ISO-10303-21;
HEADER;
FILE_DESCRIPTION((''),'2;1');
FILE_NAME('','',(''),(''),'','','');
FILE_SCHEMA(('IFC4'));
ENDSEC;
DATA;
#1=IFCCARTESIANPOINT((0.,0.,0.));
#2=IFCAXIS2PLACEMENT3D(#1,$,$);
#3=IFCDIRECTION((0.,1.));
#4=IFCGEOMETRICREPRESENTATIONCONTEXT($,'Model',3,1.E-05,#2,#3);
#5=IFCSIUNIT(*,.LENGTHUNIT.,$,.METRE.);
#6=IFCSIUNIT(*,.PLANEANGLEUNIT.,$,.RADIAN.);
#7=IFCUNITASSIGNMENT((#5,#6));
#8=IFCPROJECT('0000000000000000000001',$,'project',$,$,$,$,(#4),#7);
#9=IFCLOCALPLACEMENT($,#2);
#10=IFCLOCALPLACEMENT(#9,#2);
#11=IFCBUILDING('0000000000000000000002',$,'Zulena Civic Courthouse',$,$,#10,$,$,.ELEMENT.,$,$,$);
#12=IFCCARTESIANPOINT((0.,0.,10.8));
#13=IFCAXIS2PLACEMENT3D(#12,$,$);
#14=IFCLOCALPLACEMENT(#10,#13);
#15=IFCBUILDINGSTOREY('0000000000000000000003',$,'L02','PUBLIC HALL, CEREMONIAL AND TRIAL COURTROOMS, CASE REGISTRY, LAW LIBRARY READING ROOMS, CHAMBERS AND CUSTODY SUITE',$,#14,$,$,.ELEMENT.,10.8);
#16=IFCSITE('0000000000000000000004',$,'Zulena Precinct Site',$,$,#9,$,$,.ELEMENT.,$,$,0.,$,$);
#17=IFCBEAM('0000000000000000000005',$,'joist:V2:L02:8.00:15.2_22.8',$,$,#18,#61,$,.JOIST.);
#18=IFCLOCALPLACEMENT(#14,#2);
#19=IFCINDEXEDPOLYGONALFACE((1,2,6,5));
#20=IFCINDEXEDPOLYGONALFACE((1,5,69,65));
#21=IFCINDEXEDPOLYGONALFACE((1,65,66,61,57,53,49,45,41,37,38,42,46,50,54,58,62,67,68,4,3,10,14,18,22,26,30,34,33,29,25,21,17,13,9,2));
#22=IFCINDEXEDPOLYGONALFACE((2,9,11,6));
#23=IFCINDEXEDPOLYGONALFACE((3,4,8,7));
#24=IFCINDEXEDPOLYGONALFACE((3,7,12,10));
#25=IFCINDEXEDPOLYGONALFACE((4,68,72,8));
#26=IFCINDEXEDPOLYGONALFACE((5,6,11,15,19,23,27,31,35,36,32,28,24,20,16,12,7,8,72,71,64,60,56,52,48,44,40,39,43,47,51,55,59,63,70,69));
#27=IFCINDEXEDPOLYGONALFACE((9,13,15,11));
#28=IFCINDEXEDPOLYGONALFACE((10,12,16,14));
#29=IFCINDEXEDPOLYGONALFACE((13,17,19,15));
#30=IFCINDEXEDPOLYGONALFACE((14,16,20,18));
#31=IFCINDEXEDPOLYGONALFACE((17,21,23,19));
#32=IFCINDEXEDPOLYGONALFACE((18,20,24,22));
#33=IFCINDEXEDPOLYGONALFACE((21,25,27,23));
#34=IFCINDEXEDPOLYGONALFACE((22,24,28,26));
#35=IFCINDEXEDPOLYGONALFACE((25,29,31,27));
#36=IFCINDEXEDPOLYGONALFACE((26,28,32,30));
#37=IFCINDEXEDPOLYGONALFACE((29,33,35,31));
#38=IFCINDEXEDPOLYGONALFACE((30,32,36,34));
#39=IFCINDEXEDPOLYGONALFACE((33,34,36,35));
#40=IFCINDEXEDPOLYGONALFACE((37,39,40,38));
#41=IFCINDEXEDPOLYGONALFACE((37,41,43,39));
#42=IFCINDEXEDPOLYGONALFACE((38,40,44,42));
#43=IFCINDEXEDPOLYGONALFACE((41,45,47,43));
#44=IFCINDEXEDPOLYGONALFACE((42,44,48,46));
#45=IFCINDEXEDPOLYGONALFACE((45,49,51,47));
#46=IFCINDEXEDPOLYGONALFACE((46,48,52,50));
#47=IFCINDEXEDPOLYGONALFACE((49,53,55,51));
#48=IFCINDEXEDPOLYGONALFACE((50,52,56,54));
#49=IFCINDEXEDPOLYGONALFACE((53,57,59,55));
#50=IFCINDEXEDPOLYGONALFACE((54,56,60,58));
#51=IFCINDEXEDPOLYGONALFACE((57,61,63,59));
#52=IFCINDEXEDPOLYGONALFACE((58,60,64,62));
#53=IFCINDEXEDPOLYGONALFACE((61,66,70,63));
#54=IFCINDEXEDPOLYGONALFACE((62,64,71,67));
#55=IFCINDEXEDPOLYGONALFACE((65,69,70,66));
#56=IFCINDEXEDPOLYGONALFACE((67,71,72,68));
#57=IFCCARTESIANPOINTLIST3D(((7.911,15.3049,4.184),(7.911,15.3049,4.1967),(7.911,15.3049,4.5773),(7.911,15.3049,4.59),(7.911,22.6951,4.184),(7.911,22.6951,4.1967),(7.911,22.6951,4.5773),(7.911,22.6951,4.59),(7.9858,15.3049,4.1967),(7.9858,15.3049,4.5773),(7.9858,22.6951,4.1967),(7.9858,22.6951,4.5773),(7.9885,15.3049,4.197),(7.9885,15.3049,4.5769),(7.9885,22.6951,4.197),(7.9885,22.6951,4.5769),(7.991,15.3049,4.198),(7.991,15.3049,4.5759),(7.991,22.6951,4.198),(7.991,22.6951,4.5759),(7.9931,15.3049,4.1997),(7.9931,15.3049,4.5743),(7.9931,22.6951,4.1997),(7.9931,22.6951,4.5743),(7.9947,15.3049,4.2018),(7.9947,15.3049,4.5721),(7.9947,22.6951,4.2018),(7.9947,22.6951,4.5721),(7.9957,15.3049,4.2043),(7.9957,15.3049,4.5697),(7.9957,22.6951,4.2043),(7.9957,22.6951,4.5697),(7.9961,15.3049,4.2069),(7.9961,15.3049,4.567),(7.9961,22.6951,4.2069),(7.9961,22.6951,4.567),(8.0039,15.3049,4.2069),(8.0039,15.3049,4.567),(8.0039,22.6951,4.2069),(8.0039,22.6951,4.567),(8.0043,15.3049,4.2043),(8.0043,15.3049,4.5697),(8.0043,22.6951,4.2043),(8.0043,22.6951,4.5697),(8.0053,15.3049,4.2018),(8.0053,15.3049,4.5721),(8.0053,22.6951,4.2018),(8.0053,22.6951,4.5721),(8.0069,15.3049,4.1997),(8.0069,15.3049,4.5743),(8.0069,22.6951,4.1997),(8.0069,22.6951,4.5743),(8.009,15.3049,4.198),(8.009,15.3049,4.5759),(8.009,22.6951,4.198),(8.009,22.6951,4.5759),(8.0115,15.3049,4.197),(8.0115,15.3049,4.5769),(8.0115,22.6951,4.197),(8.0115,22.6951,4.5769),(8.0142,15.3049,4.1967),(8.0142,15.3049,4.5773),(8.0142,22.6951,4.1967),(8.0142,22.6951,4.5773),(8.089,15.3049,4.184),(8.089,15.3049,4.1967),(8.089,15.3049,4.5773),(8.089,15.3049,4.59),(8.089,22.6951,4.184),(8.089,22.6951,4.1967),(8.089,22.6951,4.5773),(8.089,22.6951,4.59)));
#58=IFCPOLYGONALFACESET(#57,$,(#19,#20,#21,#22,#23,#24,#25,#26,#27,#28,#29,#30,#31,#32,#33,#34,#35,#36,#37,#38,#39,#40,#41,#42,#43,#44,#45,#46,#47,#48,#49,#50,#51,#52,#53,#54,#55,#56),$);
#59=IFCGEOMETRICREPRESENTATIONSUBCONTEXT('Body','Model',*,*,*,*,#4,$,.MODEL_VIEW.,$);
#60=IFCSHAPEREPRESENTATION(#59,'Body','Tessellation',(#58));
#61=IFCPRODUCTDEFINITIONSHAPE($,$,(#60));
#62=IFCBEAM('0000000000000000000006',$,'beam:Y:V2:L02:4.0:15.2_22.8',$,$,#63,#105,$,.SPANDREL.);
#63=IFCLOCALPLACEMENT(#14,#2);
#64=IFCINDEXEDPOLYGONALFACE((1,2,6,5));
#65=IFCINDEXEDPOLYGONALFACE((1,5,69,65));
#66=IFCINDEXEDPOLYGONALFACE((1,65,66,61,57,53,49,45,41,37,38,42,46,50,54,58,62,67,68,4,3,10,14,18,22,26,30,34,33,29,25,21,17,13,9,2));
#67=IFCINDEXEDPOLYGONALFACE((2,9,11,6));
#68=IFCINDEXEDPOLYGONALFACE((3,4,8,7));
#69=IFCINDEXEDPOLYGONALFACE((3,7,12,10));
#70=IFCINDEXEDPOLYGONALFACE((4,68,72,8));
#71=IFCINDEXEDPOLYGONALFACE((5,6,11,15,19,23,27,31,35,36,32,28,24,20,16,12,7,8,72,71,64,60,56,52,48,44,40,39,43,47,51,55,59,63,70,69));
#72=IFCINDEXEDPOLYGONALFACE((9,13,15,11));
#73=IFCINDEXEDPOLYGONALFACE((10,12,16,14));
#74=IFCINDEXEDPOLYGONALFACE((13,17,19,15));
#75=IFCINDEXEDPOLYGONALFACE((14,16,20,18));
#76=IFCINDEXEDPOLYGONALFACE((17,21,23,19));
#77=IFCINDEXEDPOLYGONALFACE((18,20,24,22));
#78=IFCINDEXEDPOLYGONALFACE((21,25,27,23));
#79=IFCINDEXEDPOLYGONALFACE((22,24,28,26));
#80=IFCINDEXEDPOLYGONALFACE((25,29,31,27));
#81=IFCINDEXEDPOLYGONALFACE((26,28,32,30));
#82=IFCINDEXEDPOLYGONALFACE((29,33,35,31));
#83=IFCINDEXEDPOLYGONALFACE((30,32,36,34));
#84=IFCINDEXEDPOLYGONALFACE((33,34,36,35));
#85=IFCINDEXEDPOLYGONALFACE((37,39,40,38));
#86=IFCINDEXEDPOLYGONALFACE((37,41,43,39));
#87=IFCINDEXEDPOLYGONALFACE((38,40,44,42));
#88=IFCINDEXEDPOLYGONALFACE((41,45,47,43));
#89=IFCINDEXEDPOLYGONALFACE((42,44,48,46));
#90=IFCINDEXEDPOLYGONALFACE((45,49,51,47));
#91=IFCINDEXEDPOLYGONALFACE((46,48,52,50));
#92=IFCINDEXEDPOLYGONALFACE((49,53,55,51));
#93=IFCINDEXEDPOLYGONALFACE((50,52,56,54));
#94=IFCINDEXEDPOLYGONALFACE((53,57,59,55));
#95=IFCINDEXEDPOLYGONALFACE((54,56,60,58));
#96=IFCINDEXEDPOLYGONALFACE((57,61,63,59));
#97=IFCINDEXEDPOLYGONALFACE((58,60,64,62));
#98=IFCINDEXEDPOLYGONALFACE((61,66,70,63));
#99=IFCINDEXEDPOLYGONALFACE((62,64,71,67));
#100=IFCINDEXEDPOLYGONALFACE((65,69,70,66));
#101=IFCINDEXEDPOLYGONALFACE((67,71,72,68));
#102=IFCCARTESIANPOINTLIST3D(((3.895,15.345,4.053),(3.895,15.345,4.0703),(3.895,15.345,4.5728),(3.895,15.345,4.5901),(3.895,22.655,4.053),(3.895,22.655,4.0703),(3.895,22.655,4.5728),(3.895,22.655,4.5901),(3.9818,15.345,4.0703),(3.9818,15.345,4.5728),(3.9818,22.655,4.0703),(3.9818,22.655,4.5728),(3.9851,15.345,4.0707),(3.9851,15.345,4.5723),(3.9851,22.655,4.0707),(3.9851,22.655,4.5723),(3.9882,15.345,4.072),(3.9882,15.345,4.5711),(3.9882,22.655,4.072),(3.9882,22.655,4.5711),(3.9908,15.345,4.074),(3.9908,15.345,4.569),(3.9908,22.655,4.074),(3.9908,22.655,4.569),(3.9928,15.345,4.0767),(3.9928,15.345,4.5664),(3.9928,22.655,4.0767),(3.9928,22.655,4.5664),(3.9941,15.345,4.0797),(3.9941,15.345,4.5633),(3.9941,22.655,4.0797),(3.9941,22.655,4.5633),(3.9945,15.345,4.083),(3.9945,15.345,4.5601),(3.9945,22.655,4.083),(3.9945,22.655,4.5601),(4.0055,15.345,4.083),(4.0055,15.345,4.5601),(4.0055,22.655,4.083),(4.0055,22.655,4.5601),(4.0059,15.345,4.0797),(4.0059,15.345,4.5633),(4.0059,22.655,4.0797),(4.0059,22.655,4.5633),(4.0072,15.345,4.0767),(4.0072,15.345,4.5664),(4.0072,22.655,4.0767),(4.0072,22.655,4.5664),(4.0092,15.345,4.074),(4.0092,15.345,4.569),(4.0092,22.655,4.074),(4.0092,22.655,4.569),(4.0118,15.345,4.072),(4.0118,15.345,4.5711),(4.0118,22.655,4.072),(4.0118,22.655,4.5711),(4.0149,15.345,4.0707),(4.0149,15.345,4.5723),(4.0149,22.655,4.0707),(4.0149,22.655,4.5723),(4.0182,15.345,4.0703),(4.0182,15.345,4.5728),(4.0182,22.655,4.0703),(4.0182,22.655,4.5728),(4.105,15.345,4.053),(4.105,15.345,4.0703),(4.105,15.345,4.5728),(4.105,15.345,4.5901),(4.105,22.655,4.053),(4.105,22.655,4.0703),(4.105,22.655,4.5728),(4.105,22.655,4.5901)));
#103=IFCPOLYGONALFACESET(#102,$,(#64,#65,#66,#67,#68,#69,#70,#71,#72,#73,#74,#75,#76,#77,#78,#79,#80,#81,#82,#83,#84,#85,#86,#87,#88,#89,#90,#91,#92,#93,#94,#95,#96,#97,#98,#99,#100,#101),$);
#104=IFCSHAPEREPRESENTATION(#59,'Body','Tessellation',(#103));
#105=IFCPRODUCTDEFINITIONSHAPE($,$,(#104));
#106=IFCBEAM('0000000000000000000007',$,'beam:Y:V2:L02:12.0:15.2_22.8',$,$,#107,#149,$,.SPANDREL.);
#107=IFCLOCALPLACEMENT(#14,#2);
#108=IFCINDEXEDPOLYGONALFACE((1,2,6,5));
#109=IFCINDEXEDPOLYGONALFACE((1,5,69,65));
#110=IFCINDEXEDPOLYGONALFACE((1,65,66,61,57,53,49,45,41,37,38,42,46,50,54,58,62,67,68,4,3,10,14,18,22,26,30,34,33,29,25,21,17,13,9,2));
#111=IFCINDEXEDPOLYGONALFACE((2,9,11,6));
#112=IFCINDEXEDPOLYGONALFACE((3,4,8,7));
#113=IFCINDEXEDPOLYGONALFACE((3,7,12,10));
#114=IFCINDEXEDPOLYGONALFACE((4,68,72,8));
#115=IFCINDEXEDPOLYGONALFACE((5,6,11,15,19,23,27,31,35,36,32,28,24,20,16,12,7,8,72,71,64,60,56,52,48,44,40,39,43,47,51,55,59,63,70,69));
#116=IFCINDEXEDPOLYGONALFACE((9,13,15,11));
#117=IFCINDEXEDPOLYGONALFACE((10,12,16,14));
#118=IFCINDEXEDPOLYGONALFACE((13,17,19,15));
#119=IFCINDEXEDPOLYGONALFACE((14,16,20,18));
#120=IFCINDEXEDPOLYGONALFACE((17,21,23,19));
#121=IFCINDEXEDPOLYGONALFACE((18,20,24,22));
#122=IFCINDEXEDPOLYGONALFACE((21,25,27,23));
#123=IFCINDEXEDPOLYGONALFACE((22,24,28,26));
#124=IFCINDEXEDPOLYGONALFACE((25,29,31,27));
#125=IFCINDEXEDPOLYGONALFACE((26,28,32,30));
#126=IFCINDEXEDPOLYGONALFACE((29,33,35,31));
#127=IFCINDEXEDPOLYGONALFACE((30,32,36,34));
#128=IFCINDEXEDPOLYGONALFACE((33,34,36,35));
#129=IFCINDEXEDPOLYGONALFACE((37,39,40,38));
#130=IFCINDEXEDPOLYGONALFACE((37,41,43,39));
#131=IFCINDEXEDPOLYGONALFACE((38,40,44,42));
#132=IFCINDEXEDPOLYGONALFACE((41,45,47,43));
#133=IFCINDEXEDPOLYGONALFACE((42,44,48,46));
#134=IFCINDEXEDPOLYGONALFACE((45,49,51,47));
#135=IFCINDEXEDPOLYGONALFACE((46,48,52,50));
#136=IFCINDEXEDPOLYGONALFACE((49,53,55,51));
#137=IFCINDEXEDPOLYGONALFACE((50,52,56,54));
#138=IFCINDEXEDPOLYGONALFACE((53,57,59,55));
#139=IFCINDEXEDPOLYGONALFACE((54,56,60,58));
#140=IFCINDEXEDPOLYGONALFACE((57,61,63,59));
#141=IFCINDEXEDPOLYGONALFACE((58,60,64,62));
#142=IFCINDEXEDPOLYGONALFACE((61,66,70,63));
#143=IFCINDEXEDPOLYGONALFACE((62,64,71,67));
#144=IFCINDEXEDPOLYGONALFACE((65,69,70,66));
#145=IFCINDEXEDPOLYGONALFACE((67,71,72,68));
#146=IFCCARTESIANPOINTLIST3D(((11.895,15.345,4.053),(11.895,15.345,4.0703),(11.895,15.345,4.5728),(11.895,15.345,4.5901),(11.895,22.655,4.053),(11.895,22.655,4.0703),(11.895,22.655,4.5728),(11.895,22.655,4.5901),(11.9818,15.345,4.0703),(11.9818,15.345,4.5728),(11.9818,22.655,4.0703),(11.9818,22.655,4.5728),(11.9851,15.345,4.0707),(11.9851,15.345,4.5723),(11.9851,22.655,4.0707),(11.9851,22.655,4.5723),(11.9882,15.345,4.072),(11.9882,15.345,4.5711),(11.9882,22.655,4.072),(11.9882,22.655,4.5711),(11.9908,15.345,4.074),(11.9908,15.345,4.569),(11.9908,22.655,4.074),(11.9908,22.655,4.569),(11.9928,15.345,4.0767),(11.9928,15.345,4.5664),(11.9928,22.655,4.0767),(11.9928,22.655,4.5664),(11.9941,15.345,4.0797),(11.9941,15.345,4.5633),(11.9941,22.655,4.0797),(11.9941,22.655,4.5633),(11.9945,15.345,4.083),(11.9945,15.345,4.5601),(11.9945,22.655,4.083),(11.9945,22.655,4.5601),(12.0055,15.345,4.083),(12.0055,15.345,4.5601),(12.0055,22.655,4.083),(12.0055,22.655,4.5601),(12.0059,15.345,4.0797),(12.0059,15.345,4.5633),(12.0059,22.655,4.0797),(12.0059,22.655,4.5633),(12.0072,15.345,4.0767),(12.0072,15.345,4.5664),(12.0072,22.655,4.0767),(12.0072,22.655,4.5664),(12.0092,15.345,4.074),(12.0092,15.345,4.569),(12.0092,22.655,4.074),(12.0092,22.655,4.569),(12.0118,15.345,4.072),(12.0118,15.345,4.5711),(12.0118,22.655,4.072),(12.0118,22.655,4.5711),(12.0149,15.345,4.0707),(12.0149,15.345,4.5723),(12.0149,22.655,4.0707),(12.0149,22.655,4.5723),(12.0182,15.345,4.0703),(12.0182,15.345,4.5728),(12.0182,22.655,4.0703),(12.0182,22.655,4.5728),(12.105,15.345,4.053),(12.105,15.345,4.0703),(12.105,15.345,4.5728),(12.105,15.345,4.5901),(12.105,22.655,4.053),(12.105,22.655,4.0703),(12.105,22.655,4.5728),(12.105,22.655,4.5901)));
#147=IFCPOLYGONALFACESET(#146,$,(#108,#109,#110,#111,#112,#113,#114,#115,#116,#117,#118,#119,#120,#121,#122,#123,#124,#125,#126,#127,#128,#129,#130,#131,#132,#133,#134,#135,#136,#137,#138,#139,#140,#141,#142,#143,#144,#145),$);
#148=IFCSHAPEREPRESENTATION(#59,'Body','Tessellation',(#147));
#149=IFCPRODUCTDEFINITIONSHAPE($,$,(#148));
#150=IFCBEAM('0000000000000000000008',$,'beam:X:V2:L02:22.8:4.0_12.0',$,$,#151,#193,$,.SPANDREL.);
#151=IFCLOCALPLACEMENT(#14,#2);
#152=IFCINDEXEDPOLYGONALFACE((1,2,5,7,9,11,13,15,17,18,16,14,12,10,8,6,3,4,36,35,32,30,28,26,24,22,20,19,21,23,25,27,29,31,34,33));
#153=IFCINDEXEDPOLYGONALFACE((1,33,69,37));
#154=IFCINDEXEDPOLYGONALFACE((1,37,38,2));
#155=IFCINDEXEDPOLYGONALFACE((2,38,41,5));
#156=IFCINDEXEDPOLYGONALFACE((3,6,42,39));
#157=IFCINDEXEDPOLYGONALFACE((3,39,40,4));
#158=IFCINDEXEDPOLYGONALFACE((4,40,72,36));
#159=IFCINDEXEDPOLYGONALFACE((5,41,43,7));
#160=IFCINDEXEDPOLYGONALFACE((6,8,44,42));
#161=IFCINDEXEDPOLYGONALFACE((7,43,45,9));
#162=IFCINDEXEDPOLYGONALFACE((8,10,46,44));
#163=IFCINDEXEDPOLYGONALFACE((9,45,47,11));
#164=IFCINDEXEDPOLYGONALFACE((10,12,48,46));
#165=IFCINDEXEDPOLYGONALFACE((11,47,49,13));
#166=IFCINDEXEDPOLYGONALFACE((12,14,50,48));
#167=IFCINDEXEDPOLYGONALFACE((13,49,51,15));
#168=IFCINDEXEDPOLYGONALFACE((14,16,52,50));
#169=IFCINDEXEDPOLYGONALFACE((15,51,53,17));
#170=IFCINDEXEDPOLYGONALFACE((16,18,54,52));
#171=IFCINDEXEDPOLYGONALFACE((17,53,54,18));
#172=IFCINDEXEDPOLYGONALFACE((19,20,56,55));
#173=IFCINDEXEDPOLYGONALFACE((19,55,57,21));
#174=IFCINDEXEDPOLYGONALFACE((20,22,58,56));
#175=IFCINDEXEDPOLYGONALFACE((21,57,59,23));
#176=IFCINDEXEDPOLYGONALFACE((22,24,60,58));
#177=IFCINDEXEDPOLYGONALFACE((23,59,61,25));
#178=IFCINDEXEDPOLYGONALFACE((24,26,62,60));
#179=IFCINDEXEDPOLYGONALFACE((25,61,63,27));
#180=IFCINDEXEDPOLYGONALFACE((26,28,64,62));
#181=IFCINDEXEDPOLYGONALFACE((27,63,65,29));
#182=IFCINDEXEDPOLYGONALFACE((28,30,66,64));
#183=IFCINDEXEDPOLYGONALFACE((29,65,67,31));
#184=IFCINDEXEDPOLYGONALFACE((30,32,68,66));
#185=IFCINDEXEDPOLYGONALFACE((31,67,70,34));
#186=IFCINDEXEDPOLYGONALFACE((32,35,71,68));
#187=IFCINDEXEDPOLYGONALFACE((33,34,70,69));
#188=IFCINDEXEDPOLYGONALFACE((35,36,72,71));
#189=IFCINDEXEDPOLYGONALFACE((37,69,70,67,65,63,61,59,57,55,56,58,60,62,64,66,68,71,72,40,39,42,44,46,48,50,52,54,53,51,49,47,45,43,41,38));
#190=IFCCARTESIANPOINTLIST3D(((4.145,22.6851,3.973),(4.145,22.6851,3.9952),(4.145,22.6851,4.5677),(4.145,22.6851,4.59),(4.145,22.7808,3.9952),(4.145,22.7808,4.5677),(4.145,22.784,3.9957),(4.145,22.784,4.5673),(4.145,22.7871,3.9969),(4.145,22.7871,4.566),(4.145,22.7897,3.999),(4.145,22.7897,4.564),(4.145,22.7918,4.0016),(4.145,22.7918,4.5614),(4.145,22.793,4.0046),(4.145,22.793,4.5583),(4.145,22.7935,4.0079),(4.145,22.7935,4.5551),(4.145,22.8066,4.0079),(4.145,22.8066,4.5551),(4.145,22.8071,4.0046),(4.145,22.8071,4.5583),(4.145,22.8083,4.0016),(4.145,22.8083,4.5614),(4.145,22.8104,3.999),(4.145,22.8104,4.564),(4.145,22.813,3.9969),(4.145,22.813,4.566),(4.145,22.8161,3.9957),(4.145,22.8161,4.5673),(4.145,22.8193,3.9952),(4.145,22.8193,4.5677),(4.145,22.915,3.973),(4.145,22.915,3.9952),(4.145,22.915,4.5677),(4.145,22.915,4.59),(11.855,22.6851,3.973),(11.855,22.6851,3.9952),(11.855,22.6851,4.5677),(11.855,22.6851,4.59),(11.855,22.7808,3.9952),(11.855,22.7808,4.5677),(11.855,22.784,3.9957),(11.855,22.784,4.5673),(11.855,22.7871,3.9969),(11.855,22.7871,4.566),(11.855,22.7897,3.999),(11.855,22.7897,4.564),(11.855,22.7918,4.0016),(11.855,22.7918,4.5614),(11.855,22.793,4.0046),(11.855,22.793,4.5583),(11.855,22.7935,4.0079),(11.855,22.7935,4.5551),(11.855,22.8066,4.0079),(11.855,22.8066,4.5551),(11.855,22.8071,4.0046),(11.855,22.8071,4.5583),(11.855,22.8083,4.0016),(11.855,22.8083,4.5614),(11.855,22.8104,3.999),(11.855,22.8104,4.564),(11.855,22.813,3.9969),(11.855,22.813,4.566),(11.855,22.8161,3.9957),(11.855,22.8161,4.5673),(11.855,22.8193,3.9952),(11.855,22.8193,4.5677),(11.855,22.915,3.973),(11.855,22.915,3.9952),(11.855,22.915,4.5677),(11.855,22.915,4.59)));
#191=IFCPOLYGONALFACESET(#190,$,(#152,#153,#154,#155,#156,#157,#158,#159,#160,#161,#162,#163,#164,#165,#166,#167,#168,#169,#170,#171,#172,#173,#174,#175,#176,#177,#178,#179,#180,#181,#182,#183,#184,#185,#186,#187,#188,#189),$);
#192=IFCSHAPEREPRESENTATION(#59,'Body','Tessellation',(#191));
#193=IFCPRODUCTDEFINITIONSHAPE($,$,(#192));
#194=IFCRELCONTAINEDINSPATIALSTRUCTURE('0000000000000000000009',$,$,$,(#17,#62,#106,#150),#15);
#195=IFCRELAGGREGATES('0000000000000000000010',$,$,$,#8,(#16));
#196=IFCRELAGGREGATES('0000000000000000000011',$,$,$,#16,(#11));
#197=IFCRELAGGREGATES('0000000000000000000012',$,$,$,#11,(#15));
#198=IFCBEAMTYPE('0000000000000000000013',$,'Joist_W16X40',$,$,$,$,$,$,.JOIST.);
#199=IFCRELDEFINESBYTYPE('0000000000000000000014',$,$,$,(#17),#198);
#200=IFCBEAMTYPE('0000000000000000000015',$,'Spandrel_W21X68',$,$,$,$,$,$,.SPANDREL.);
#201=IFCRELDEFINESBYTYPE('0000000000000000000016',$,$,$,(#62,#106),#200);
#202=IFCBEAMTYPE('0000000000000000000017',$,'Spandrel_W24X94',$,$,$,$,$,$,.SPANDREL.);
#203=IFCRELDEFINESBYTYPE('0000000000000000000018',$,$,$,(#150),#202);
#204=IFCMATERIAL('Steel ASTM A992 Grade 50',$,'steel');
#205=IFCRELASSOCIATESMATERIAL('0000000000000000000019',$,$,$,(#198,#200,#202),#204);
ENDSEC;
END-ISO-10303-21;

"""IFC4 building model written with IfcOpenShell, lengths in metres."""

from ifc_helpers import new_model, si_unit, direction, frame, origin, origin_2d, place, context, subcontext, project, spatial, i_section, extrude, material, material_profile, profile_set, type_object, element, save


model = new_model("IFC4")

# Units and contexts
model_context = context("Model", 3, precision=1e-05, world=origin(), true_north=direction((0.0, 1.0)))
body_context = subcontext(model_context, "Body", "Model", "MODEL_VIEW")
ifc_project = project(units=[si_unit("LENGTHUNIT", "METRE"), si_unit("PLANEANGLEUNIT", "RADIAN")], contexts=[model_context])

# Site, building, storey
site_placement = place(None, origin())
site = spatial("IfcSite", under=ifc_project, at=site_placement, Name="Zulena Precinct Site", CompositionType="ELEMENT", RefElevation=0.0)
building_placement = place(site_placement, origin())
building = spatial("IfcBuilding", under=site, at=building_placement, Name="Zulena Civic Courthouse", CompositionType="ELEMENT")
storey_placement = place(building_placement, frame((0.0, 0.0, 10.8)))
storey = spatial("IfcBuildingStorey", under=building, at=storey_placement, Name="L02", Description="PUBLIC HALL, CEREMONIAL AND TRIAL COURTROOMS, CASE REGISTRY, LAW LIBRARY READING ROOMS, CHAMBERS AND CUSTODY SUITE", CompositionType="ELEMENT", Elevation=10.8)

# Shared definitions
ifc_material_1 = material(Name="Steel ASTM A992 Grade 50", Category="steel")

# Beams
ifc_material_profile_1 = material_profile(ifc_material_1, i_section(OverallWidth=0.178, OverallDepth=0.406, WebThickness=0.0078, FlangeThickness=0.0127, FilletRadius=0.0103, at=origin_2d()), Name="W16X40")
ifc_profile_set_1 = profile_set([ifc_material_profile_1], Name="Steel ASTM A992 Grade 50")
beam_type_1 = type_object("IfcBeamType", Name="Joist_W16X40", PredefinedType="JOIST", material=ifc_profile_set_1)
beam_1_placement = place(storey_placement, frame((8.0, 15.3049, 4.387), z_axis=(0.0, 1.0, 0.0), x_axis=(-1.0, 0.0, 0.0)))
element("IfcBeam", 1, at=beam_1_placement, inside=storey, type_object=beam_type_1, Name="joist:V2:L02:8.00:15.2_22.8", PredefinedType="JOIST", context=body_context, shape_type="SweptSolid", body=[
    extrude(i_section(OverallWidth=0.178, OverallDepth=0.406, WebThickness=0.0078, FlangeThickness=0.0127, FilletRadius=0.0103, at=origin_2d()), origin(), (0.0, 0.0, 1.0), 7.3901),
])
ifc_material_profile_2 = material_profile(ifc_material_1, i_section(OverallWidth=0.21, OverallDepth=0.5371, WebThickness=0.011, FlangeThickness=0.0173, FilletRadius=0.0127, at=origin_2d()), Name="W21X68")
ifc_profile_set_2 = profile_set([ifc_material_profile_2], Name="Steel ASTM A992 Grade 50")
beam_type_2 = type_object("IfcBeamType", Name="Spandrel_W21X68", PredefinedType="SPANDREL", material=ifc_profile_set_2)
for number, where, z_axis, x_axis, name in (
    (2, (4.0, 15.345, 4.3215), (0.0, 1.0, 0.0), (-1.0, 0.0, 0.0), "beam:Y:V2:L02:4.0:15.2_22.8"),
    (3, (12.0, 15.345, 4.3215), (0.0, 1.0, 0.0), (-1.0, 0.0, 0.0), "beam:Y:V2:L02:12.0:15.2_22.8"),
):
    element("IfcBeam", number, at=place(storey_placement, frame(where, z_axis=z_axis, x_axis=x_axis)), inside=storey, type_object=beam_type_2, Name=name, PredefinedType="SPANDREL", context=body_context, shape_type="SweptSolid", body=[
        extrude(i_section(OverallWidth=0.21, OverallDepth=0.5371, WebThickness=0.011, FlangeThickness=0.0173, FilletRadius=0.0127, at=origin_2d()), origin(), (0.0, 0.0, 1.0), 7.3101),
    ])
ifc_material_profile_3 = material_profile(ifc_material_1, i_section(OverallWidth=0.23, OverallDepth=0.6169, WebThickness=0.0132, FlangeThickness=0.0222, FilletRadius=0.0127, at=origin_2d()), Name="W24X94")
ifc_profile_set_3 = profile_set([ifc_material_profile_3], Name="Steel ASTM A992 Grade 50")
beam_type_3 = type_object("IfcBeamType", Name="Spandrel_W24X94", PredefinedType="SPANDREL", material=ifc_profile_set_3)
for number, where, z_axis, x_axis, name in (
    (4, (4.145, 22.8, 4.2815), (1.0, 0.0, 0.0), (0.0, 1.0, 0.0), "beam:X:V2:L02:22.8:4.0_12.0"),
):
    element("IfcBeam", number, at=place(storey_placement, frame(where, z_axis=z_axis, x_axis=x_axis)), inside=storey, type_object=beam_type_3, Name=name, PredefinedType="SPANDREL", context=body_context, shape_type="SweptSolid", body=[
        extrude(i_section(OverallWidth=0.23, OverallDepth=0.6169, WebThickness=0.0132, FlangeThickness=0.0222, FilletRadius=0.0127, at=origin_2d()), origin(), (0.0, 0.0, 1.0), 7.71),
    ])

save(model, "model.ifc")
